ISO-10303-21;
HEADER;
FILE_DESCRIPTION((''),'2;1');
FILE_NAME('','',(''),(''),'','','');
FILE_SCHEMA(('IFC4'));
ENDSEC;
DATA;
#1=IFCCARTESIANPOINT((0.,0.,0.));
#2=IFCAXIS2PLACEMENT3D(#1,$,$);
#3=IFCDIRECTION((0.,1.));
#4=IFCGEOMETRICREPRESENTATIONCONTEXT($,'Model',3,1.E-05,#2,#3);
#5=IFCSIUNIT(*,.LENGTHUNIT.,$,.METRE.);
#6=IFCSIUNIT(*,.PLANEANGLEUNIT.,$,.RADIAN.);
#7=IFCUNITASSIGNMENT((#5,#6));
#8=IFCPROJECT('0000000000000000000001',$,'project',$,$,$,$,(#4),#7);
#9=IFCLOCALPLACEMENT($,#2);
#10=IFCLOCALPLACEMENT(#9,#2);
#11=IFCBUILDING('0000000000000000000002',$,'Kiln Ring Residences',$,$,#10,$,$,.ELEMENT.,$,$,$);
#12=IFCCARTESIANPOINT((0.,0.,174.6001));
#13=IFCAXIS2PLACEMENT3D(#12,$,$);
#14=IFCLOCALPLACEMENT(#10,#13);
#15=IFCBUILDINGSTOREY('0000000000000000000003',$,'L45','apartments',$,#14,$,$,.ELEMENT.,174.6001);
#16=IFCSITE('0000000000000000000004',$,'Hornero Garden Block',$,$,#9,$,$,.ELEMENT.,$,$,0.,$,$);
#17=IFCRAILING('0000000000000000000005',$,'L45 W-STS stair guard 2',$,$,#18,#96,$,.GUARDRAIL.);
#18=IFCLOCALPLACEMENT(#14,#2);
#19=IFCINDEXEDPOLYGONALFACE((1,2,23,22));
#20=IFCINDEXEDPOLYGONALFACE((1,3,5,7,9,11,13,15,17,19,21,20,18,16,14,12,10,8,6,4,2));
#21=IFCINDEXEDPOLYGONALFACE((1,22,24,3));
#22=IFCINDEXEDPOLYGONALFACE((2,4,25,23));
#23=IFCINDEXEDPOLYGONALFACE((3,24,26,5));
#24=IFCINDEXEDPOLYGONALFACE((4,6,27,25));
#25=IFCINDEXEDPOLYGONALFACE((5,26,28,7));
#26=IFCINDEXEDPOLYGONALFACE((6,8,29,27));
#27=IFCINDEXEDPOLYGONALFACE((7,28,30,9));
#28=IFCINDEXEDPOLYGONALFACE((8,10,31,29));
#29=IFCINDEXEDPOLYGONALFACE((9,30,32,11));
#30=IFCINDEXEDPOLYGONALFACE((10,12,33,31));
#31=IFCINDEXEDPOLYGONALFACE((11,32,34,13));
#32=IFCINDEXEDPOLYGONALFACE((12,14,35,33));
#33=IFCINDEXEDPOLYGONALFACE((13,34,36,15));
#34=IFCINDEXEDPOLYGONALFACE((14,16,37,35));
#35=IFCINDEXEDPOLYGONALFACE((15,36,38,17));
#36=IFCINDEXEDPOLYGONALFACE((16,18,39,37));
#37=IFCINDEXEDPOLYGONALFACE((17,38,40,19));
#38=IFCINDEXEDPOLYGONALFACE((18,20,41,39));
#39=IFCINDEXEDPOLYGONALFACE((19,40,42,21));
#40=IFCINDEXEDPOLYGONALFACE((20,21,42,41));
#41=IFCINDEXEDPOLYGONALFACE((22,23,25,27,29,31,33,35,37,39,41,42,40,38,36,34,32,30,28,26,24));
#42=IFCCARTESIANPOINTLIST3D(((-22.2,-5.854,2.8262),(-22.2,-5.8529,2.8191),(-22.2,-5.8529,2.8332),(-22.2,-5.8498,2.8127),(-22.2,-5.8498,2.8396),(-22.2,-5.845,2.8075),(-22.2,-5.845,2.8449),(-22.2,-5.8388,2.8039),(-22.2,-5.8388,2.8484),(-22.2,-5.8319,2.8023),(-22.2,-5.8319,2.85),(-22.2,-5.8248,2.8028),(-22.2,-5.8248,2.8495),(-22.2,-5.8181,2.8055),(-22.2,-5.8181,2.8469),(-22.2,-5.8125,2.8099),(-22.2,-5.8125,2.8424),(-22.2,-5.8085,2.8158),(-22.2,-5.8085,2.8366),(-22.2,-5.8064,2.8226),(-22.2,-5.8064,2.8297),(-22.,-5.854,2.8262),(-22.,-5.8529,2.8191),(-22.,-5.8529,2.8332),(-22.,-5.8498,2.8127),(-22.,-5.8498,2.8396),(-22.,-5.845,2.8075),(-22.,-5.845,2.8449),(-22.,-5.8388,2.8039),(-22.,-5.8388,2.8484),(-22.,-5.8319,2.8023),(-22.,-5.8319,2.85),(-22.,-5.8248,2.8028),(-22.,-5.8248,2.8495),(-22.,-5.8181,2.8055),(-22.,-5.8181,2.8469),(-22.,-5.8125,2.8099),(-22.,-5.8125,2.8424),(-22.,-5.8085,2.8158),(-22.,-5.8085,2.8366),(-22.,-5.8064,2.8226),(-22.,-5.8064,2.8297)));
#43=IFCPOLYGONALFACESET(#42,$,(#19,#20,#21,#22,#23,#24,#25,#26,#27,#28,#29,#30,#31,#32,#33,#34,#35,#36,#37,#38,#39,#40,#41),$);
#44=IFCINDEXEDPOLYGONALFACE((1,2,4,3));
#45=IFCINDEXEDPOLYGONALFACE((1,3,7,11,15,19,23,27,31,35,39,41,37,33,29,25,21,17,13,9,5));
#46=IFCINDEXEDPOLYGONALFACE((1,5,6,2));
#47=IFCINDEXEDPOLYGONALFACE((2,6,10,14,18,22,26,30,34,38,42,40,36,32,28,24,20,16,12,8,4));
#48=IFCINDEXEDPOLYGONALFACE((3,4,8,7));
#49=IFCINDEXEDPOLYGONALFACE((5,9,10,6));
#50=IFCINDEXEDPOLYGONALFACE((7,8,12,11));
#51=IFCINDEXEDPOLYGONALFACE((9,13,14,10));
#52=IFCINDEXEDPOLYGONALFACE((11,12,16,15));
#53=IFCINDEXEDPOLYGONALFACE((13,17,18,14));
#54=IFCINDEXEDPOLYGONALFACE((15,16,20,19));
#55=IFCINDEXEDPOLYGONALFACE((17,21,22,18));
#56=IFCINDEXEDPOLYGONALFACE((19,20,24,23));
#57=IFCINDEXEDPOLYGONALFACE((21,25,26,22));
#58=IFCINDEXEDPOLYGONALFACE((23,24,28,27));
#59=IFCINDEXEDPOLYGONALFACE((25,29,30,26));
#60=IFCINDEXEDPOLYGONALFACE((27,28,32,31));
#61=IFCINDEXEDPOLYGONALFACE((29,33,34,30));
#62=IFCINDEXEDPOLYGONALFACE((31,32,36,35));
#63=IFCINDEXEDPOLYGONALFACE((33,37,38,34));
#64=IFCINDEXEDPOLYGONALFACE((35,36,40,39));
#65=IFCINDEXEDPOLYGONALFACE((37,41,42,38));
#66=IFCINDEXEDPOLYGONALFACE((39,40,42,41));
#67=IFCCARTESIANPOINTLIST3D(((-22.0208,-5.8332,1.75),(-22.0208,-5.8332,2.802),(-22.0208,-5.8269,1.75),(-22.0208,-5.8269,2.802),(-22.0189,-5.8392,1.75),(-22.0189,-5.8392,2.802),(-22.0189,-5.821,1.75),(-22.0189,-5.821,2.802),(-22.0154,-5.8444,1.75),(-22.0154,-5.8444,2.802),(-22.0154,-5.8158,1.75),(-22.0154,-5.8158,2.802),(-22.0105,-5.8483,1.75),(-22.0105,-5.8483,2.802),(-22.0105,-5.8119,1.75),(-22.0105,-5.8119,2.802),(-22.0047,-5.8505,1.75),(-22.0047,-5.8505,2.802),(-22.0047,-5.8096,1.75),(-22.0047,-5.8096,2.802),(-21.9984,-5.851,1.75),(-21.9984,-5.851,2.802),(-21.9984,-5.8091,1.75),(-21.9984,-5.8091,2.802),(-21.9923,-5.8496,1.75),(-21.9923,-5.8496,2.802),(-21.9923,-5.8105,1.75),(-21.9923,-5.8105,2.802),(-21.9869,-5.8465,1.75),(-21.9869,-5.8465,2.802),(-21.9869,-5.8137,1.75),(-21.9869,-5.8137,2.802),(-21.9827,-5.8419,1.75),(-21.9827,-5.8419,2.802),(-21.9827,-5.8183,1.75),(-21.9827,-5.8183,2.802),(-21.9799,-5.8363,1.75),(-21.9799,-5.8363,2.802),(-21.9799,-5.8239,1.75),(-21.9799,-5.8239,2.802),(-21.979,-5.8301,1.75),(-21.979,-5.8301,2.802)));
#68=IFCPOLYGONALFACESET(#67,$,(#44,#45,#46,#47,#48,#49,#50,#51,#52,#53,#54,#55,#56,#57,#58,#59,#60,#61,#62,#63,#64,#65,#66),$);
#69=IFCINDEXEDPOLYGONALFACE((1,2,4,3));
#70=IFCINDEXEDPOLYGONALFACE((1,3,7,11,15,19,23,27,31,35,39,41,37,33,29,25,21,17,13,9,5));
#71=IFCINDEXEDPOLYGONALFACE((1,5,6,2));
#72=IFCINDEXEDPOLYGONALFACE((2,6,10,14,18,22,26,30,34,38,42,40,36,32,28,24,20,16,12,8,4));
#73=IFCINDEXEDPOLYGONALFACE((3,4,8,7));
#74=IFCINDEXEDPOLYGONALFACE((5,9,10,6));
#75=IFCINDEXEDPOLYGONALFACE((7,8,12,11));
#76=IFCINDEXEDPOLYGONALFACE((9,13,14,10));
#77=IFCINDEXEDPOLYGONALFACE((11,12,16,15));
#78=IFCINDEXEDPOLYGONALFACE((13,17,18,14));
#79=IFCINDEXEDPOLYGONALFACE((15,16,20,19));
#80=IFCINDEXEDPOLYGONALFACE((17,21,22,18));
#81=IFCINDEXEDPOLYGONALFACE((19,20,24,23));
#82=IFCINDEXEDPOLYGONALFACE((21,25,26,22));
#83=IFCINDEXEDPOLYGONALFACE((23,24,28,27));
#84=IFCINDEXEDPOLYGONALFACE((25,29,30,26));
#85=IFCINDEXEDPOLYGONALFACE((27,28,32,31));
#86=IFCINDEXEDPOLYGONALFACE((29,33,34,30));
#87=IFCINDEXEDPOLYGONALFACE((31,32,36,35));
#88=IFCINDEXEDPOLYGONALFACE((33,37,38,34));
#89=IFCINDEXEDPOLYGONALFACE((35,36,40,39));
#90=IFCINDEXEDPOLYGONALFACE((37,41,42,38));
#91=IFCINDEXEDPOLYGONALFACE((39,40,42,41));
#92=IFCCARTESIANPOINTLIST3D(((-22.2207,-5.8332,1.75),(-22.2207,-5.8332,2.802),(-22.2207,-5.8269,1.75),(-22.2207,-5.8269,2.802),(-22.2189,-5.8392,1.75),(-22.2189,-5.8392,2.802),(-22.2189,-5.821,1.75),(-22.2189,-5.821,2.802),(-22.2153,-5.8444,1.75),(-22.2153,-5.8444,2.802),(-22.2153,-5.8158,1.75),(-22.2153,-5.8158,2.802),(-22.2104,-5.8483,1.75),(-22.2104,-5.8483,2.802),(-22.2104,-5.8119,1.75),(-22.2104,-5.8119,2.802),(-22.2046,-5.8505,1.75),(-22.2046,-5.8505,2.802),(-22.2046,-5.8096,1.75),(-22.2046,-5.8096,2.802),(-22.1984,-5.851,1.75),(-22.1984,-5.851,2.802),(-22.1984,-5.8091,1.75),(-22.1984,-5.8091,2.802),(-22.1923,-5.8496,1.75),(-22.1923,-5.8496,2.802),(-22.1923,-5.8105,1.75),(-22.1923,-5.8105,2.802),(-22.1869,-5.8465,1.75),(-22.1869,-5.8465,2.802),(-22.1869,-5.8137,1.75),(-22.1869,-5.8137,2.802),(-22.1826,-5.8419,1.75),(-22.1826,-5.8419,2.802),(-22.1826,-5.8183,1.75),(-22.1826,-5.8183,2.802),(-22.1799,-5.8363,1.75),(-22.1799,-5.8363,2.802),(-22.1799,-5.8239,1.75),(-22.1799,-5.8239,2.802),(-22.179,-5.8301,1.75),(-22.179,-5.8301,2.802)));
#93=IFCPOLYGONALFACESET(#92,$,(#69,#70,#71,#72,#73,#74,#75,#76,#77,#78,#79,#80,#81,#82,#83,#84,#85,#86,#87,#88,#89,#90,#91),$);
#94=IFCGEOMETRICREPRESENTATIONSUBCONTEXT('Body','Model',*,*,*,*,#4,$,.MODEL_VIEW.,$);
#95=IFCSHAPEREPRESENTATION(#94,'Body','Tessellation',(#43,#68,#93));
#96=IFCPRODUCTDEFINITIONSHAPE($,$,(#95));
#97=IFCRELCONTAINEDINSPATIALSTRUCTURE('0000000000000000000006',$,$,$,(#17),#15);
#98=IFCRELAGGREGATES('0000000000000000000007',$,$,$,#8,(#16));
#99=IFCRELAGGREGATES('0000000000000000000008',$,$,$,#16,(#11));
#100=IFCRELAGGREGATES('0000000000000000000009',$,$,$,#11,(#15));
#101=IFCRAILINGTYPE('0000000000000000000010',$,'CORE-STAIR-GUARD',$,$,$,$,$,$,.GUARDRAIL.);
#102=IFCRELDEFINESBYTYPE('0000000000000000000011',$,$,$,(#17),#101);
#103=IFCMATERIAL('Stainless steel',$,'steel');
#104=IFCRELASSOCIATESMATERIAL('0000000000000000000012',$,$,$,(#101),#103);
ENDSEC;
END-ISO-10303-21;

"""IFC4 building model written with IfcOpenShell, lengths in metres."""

from ifc_helpers import new_model, si_unit, direction, frame, origin, origin_2d, place, context, subcontext, project, spatial, circle, extrude, material, type_object, element, save


model = new_model("IFC4")

# Units and contexts
model_context = context("Model", 3, precision=1e-05, world=origin(), true_north=direction((0.0, 1.0)))
body_context = subcontext(model_context, "Body", "Model", "MODEL_VIEW")
ifc_project = project(units=[si_unit("LENGTHUNIT", "METRE"), si_unit("PLANEANGLEUNIT", "RADIAN")], contexts=[model_context])

# Site, building, storey
site_placement = place(None, origin())
site = spatial("IfcSite", under=ifc_project, at=site_placement, Name="Hornero Garden Block", CompositionType="ELEMENT", RefElevation=0.0)
building_placement = place(site_placement, origin())
building = spatial("IfcBuilding", under=site, at=building_placement, Name="Kiln Ring Residences", CompositionType="ELEMENT")
storey_placement = place(building_placement, frame((0.0, 0.0, 174.6001)))
storey = spatial("IfcBuildingStorey", under=building, at=storey_placement, Name="L45", Description="apartments", CompositionType="ELEMENT", Elevation=174.6001)

# Railing
ifc_material_1 = material(Name="Stainless steel", Category="steel")
railing_type_1 = type_object("IfcRailingType", Name="CORE-STAIR-GUARD", PredefinedType="GUARDRAIL", material=ifc_material_1)
railing_1_placement = place(storey_placement, frame((-22.0, -5.8301, 1.75)))
element("IfcRailing", 1, at=railing_1_placement, inside=storey, type_object=railing_type_1, Name="L45 W-STS stair guard 2", PredefinedType="GUARDRAIL", context=body_context, shape_type="SweptSolid", body=[
    extrude(circle(Radius=0.0239, at=origin_2d()), frame((0.0, 0.0, 1.0762), z_axis=(-1.0, 0.0, 0.0), x_axis=(0.0, -1.0, 0.0)), (0.0, 0.0, 1.0), 0.2),
    extrude(circle(Radius=0.021, at=origin_2d()), origin(), (0.0, 0.0, 1.0), 1.052),
    extrude(circle(Radius=0.021, at=origin_2d()), frame((-0.2, 0.0, 0.0)), (0.0, 0.0, 1.0), 1.052),
])

save(model, "model.ifc")
